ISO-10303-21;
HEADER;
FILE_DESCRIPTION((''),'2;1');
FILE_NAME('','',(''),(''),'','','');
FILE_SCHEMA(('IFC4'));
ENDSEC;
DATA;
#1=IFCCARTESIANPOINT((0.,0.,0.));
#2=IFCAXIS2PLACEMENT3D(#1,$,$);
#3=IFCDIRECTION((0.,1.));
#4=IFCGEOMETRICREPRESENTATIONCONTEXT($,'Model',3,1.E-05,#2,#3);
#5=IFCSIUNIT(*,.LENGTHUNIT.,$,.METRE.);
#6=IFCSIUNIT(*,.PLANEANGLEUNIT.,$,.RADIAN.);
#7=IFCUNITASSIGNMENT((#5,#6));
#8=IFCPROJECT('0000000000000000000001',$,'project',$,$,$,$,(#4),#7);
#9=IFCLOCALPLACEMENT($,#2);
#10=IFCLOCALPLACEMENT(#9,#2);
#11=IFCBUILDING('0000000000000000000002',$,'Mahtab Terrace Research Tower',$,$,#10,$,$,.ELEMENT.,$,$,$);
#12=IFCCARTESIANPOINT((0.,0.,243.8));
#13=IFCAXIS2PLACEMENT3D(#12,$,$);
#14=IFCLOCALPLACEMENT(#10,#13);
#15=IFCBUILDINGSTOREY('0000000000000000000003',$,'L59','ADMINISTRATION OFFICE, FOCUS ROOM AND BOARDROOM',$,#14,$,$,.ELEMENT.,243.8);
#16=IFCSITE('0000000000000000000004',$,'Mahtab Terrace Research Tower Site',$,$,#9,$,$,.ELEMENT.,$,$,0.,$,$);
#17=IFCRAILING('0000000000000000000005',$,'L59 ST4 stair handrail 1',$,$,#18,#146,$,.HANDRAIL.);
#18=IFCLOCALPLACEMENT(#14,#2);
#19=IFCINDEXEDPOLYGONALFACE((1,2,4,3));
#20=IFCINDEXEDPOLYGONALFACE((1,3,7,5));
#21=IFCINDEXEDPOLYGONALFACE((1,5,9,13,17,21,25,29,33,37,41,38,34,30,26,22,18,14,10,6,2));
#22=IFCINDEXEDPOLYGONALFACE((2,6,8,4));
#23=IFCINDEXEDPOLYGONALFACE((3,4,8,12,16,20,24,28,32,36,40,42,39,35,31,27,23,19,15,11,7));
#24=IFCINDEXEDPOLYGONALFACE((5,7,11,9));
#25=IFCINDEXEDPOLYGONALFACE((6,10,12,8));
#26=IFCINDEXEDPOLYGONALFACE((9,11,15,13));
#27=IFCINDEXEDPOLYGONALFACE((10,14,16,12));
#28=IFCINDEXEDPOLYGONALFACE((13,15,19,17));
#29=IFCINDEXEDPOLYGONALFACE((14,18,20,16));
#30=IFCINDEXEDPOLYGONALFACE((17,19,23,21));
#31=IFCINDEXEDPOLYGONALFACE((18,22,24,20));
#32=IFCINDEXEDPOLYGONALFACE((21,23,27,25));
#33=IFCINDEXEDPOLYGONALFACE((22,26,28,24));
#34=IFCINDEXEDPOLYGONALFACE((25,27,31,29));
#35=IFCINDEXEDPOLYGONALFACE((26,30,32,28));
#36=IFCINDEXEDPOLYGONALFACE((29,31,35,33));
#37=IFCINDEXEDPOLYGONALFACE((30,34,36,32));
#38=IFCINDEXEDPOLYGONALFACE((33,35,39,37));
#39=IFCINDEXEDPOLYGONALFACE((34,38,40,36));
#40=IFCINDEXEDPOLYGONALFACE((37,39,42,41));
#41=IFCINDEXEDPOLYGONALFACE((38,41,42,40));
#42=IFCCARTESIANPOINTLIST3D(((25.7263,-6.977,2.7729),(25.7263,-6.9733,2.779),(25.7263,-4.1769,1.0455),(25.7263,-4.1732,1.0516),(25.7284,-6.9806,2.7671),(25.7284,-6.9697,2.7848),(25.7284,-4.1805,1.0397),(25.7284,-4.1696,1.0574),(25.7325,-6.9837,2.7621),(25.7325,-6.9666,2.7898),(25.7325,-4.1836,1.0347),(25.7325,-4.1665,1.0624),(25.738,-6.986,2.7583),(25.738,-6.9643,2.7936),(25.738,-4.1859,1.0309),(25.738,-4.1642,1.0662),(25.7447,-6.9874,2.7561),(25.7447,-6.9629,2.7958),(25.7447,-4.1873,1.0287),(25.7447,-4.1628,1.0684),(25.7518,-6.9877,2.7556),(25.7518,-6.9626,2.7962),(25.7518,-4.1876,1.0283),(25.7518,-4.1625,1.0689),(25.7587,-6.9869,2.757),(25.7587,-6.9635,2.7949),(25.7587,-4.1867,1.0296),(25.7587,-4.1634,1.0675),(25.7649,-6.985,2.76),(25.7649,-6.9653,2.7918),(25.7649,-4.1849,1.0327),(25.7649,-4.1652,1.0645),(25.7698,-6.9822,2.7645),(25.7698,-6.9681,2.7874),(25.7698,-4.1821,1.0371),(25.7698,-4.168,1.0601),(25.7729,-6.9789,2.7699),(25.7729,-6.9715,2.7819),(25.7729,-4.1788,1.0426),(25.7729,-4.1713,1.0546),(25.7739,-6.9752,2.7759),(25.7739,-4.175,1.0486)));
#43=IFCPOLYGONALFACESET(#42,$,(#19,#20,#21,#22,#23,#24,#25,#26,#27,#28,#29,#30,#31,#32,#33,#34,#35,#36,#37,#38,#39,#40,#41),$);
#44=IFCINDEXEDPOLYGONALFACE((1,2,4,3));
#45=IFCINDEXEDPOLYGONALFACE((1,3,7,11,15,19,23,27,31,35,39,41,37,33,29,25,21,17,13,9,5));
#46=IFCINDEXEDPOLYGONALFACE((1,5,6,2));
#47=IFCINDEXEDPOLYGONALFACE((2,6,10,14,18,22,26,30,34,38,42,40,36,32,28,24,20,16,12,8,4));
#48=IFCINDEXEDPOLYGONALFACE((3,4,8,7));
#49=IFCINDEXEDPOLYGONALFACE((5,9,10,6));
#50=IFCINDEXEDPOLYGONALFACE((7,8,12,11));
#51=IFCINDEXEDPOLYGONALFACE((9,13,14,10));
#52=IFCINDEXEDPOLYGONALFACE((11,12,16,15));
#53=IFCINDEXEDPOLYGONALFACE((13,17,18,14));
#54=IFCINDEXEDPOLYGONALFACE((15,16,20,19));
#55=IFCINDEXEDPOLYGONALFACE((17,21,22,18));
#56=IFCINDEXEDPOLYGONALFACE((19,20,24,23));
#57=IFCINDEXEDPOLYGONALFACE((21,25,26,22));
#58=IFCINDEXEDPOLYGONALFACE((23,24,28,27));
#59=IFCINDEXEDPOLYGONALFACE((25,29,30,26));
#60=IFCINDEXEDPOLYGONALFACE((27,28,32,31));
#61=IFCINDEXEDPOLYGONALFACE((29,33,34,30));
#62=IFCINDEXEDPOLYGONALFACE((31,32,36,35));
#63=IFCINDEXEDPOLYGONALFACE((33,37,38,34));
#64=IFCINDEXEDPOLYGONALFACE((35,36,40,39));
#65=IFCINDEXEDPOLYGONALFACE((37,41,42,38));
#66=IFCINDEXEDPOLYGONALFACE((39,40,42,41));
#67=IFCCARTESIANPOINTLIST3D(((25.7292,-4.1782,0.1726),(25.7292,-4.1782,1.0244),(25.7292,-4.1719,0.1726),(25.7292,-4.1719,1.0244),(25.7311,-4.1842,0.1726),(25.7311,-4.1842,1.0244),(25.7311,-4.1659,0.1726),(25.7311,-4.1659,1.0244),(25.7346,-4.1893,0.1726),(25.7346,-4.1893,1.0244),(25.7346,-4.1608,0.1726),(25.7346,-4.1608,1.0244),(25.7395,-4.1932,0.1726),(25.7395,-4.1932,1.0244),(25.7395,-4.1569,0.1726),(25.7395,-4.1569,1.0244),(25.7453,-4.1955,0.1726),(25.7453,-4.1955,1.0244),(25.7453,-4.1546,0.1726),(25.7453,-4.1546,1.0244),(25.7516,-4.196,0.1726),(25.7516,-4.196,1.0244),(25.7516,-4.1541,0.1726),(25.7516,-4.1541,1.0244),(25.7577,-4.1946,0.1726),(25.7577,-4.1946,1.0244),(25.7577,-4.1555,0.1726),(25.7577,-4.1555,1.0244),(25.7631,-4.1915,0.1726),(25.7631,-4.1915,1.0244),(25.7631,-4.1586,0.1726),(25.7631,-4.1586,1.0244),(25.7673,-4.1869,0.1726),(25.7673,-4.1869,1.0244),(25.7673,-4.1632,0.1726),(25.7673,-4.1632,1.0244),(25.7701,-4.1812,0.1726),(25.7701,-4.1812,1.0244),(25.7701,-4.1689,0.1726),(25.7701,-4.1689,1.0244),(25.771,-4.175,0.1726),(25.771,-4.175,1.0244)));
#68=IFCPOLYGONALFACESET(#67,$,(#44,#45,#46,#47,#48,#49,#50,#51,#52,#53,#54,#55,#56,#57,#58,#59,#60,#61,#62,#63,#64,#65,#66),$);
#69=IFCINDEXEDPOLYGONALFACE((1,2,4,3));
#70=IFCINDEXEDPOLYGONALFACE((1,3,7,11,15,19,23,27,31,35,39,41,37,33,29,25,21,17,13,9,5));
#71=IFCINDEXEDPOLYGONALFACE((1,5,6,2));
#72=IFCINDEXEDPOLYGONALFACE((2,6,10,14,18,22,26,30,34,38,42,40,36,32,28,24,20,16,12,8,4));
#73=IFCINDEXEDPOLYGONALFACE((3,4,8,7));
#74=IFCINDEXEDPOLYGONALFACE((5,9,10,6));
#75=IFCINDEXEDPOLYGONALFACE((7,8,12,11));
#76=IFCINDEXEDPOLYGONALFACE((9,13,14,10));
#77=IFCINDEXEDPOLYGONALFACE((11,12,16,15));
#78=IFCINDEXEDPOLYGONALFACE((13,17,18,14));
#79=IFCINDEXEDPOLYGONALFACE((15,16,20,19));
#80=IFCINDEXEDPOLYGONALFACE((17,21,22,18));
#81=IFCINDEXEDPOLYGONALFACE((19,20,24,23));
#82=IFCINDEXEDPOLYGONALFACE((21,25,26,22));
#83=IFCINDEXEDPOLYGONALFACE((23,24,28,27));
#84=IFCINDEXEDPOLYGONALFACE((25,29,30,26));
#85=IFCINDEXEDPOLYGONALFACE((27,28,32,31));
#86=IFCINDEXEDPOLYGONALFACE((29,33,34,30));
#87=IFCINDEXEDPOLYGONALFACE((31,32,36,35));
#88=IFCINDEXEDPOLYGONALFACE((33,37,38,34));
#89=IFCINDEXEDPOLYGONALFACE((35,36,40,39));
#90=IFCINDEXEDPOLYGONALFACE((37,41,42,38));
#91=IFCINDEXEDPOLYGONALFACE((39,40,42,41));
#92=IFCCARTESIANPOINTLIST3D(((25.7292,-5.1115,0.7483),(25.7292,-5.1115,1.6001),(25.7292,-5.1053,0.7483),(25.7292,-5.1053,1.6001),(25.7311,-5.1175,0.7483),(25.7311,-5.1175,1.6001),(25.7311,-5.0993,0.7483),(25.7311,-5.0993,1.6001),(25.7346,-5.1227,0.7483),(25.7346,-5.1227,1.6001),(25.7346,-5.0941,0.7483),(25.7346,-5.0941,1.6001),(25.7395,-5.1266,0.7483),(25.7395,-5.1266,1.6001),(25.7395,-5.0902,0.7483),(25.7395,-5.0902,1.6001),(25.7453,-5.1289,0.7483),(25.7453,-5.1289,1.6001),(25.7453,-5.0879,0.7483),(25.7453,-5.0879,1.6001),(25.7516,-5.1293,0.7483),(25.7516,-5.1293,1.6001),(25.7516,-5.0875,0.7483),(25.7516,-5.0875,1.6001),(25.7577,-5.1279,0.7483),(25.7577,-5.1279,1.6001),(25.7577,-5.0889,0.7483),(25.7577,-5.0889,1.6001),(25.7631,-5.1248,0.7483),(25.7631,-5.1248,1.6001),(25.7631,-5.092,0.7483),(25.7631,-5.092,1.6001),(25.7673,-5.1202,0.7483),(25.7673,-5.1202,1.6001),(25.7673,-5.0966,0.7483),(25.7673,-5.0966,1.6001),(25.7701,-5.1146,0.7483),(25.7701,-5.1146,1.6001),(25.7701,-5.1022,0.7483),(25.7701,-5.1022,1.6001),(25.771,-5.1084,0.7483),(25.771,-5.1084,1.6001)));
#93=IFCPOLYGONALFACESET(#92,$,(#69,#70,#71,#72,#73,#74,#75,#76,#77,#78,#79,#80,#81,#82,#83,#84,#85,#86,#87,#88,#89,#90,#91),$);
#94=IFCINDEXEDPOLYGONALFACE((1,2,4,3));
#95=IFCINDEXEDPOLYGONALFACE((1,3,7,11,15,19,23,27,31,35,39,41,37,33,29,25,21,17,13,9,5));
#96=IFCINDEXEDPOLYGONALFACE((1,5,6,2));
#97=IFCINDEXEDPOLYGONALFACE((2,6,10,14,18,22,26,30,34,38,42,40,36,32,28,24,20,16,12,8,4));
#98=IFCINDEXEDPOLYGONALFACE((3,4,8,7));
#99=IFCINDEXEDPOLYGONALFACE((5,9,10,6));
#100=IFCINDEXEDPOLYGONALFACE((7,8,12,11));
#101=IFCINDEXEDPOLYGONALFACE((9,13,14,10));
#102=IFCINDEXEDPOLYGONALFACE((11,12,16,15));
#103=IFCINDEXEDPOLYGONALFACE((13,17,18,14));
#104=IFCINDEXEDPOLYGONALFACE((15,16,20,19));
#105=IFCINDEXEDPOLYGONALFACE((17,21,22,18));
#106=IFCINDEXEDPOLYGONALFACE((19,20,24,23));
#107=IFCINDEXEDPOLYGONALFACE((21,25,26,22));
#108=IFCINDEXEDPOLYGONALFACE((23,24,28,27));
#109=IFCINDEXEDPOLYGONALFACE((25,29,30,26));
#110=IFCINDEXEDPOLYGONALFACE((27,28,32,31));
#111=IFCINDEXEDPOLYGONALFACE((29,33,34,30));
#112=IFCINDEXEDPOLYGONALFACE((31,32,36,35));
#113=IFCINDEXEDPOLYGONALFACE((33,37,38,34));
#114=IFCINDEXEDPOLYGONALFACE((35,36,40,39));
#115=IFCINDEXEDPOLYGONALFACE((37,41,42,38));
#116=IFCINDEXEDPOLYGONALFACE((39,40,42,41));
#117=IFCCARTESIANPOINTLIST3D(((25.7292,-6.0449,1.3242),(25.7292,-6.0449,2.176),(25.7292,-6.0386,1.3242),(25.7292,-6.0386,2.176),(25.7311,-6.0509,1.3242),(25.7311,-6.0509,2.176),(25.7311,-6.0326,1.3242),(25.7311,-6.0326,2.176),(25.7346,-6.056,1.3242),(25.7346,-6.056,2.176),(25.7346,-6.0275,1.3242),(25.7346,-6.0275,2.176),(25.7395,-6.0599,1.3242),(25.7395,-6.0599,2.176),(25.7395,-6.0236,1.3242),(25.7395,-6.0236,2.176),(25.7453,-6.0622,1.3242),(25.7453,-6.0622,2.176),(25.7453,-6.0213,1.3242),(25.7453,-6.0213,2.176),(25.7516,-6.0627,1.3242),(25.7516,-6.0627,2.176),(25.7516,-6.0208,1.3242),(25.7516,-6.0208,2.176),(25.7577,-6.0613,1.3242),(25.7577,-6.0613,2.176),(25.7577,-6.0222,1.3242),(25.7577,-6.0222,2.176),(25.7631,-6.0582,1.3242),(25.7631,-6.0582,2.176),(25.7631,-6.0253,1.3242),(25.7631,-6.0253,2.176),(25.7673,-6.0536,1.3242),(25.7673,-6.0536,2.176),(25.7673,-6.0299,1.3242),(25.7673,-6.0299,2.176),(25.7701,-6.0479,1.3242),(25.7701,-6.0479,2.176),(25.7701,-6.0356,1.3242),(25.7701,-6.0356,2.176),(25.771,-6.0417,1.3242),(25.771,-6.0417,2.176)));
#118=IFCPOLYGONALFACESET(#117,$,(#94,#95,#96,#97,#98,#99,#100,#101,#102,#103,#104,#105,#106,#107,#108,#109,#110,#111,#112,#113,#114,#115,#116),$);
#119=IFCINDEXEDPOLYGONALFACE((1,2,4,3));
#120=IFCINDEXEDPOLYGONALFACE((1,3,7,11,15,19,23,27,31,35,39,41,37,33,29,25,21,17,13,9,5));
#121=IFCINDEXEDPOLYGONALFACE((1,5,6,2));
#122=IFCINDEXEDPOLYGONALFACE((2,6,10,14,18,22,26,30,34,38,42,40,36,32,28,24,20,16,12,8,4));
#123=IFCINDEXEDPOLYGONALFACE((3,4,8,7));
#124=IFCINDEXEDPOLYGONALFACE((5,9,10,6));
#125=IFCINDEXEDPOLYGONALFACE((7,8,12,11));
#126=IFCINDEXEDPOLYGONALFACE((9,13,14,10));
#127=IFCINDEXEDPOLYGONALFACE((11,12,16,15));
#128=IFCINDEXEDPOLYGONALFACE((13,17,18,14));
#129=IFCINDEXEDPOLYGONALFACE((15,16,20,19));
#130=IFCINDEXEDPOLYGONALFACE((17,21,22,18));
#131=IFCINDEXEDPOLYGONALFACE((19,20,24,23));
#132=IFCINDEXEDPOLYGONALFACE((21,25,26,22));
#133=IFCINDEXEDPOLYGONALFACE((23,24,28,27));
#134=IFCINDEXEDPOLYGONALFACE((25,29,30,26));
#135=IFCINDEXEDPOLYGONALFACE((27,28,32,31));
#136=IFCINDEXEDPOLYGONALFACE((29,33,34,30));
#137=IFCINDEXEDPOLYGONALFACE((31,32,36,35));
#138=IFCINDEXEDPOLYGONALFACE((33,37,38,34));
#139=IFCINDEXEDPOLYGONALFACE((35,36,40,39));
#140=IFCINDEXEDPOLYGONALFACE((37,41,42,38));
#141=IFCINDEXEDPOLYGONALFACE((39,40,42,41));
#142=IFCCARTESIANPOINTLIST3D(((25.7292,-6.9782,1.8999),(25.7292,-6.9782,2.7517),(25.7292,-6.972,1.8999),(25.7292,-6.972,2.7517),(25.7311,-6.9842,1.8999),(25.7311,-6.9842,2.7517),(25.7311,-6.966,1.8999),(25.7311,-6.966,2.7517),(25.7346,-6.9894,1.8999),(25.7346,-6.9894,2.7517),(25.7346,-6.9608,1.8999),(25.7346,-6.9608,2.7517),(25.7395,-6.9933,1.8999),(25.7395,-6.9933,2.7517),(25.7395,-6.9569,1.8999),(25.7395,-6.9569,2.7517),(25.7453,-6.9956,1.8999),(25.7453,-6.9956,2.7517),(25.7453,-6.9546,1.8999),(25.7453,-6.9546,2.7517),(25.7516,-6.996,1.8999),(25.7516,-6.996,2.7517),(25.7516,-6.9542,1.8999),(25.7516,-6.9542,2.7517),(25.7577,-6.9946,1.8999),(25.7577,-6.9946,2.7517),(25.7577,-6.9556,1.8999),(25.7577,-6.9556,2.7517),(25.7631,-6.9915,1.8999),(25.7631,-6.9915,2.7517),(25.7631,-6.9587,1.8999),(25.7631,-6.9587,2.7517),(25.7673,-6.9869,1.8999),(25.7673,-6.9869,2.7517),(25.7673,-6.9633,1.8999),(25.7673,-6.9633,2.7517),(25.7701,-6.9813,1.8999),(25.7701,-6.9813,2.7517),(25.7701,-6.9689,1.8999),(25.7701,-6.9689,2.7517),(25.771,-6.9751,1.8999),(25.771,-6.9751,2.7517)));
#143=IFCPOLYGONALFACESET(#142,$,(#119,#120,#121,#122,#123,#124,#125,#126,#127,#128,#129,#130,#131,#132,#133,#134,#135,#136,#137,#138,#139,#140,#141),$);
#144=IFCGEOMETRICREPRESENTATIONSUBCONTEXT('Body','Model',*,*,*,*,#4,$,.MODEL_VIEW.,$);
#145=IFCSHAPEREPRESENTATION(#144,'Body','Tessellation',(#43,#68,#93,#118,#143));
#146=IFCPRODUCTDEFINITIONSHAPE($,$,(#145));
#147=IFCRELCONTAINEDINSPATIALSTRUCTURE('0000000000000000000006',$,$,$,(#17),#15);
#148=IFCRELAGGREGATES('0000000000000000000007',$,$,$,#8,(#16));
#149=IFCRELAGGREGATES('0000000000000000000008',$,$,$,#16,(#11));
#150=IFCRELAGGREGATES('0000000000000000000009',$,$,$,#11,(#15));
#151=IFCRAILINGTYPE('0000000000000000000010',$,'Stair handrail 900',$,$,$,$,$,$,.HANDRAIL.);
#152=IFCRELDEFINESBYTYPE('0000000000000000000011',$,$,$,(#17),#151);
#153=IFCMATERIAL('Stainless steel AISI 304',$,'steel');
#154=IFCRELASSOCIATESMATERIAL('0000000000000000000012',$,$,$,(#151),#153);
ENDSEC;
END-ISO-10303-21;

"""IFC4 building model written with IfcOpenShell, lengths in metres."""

from ifc_helpers import new_model, si_unit, direction, frame, origin, origin_2d, place, context, subcontext, project, spatial, circle, extrude, material, type_object, element, save


model = new_model("IFC4")

# Units and contexts
model_context = context("Model", 3, precision=1e-05, world=origin(), true_north=direction((0.0, 1.0)))
body_context = subcontext(model_context, "Body", "Model", "MODEL_VIEW")
ifc_project = project(units=[si_unit("LENGTHUNIT", "METRE"), si_unit("PLANEANGLEUNIT", "RADIAN")], contexts=[model_context])

# Site, building, storey
site_placement = place(None, origin())
site = spatial("IfcSite", under=ifc_project, at=site_placement, Name="Mahtab Terrace Research Tower Site", CompositionType="ELEMENT", RefElevation=0.0)
building_placement = place(site_placement, origin())
building = spatial("IfcBuilding", under=site, at=building_placement, Name="Mahtab Terrace Research Tower", CompositionType="ELEMENT")
storey_placement = place(building_placement, frame((0.0, 0.0, 243.8)))
storey = spatial("IfcBuildingStorey", under=building, at=storey_placement, Name="L59", Description="ADMINISTRATION OFFICE, FOCUS ROOM AND BOARDROOM", CompositionType="ELEMENT", Elevation=243.8)

# Railing
ifc_material_1 = material(Name="Stainless steel AISI 304", Category="steel")
railing_type_1 = type_object("IfcRailingType", Name="Stair handrail 900", PredefinedType="HANDRAIL", material=ifc_material_1)
railing_1_placement = place(storey_placement, frame((25.75, -4.175, 0.1726)))
element("IfcRailing", 1, at=railing_1_placement, inside=storey, type_object=railing_type_1, Name="L59 ST4 stair handrail 1", PredefinedType="HANDRAIL", context=body_context, shape_type="SweptSolid", body=[
    extrude(circle(Radius=0.0239, at=origin_2d()), frame((0.0, 0.0, 0.876), z_axis=(0.0, -0.85109, 0.52502), x_axis=(1.0, 0.0, 0.0)), (0.0, 0.0, 1.0), 3.29),
    extrude(circle(Radius=0.021, at=origin_2d()), origin(), (0.0, 0.0, 1.0), 0.8518),
    extrude(circle(Radius=0.021, at=origin_2d()), frame((0.0, -0.9333, 0.5757)), (0.0, 0.0, 1.0), 0.8518),
    extrude(circle(Radius=0.021, at=origin_2d()), frame((0.0, -1.8667, 1.1516)), (0.0, 0.0, 1.0), 0.8518),
    extrude(circle(Radius=0.021, at=origin_2d()), frame((0.0, -2.8, 1.7273)), (0.0, 0.0, 1.0), 0.8518),
])

save(model, "model.ifc")
